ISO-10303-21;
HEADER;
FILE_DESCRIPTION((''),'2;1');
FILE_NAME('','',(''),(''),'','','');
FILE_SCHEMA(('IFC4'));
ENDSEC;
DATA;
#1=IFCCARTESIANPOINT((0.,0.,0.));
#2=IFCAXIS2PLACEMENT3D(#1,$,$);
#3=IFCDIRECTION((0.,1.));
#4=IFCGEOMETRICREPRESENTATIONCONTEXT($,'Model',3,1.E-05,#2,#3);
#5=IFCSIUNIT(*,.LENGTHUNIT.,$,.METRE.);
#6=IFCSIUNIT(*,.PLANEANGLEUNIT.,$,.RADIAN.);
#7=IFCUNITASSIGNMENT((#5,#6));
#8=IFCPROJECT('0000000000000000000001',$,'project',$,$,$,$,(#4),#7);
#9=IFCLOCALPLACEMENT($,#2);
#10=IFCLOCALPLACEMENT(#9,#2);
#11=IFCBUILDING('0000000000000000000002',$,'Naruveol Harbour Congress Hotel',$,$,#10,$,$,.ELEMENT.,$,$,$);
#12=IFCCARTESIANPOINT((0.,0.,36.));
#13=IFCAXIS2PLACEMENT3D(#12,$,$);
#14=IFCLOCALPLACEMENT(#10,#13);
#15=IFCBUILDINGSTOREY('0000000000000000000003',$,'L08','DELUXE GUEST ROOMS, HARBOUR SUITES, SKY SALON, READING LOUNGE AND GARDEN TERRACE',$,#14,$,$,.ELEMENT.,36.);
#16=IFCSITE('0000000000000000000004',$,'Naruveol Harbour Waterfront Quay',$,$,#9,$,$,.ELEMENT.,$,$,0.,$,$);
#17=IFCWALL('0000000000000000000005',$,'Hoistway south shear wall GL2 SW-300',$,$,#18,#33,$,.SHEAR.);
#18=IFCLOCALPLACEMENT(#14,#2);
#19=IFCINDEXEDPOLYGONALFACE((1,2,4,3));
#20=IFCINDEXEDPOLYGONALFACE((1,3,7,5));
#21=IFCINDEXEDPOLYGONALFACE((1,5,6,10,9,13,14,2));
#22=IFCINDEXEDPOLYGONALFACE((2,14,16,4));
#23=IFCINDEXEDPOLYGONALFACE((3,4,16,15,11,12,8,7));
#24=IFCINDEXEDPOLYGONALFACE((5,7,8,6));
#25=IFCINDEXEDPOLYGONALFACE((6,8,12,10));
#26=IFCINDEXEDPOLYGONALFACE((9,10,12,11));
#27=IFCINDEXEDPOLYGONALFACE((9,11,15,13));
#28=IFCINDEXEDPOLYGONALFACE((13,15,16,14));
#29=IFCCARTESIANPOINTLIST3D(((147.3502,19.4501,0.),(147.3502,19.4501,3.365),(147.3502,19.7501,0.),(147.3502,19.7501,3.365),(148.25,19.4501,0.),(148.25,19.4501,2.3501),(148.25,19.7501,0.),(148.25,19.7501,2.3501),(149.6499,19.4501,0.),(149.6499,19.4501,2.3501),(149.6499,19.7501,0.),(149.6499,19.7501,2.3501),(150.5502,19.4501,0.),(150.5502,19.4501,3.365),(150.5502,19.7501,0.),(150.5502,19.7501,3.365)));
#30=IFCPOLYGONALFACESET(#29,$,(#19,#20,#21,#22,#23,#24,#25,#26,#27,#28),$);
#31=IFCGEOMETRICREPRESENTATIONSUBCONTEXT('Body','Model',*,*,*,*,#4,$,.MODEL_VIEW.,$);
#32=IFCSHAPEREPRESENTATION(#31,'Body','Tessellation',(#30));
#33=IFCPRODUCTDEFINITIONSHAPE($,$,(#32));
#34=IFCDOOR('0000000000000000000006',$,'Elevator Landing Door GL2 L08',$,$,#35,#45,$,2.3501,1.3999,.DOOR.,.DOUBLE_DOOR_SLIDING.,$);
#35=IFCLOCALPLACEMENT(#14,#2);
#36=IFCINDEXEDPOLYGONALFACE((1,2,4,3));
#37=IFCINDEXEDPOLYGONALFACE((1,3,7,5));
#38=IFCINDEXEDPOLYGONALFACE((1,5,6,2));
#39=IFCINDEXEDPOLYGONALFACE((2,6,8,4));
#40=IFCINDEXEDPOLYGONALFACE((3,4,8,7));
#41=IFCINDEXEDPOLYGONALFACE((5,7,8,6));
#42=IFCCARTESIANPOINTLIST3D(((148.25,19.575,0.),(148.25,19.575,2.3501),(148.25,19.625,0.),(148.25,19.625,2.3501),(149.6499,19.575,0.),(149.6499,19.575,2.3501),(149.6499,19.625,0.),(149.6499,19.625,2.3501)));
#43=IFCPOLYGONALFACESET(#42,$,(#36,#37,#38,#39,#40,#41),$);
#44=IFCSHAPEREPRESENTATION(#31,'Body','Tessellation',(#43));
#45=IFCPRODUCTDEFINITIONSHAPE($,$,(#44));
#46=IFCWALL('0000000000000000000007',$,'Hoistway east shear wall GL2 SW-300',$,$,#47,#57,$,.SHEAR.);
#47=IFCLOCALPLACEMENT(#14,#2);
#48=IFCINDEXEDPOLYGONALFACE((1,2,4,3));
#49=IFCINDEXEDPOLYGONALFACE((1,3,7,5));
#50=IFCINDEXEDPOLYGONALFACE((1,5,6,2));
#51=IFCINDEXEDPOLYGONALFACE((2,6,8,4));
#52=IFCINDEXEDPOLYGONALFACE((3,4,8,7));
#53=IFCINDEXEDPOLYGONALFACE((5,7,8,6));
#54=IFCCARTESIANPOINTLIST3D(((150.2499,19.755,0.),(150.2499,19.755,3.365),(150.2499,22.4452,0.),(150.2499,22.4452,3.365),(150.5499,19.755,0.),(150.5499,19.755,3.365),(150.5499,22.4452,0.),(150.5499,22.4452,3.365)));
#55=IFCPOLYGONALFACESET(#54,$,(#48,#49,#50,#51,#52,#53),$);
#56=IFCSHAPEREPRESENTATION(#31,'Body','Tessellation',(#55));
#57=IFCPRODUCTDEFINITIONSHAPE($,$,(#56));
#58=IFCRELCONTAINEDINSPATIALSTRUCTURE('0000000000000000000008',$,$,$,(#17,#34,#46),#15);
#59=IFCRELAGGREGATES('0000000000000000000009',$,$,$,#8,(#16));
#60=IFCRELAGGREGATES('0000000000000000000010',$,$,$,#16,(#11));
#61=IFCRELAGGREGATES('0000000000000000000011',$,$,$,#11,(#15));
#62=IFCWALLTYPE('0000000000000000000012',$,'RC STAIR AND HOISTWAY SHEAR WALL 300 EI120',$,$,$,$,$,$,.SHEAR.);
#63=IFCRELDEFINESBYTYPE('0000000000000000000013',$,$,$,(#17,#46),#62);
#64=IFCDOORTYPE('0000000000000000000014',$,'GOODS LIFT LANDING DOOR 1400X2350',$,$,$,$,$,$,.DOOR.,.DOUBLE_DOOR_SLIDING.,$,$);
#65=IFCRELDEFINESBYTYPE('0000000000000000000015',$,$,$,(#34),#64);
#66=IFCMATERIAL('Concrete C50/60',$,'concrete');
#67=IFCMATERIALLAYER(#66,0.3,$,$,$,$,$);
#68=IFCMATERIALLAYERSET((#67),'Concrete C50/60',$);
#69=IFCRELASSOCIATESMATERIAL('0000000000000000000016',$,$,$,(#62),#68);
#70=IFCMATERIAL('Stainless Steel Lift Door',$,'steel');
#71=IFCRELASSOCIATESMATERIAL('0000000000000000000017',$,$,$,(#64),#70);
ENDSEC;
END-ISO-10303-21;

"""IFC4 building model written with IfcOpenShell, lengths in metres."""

from ifc_helpers import new_model, si_unit, direction, frame, frame_2d, origin, place, context, subcontext, project, spatial, rectangle, extrude, material, layer, layer_set, type_object, element, fill, save


model = new_model("IFC4")

# Units and contexts
model_context = context("Model", 3, precision=1e-05, world=origin(), true_north=direction((0.0, 1.0)))
body_context = subcontext(model_context, "Body", "Model", "MODEL_VIEW")
ifc_project = project(units=[si_unit("LENGTHUNIT", "METRE"), si_unit("PLANEANGLEUNIT", "RADIAN")], contexts=[model_context])

# Site, building, storey
site_placement = place(None, origin())
site = spatial("IfcSite", under=ifc_project, at=site_placement, Name="Naruveol Harbour Waterfront Quay", CompositionType="ELEMENT", RefElevation=0.0)
building_placement = place(site_placement, origin())
building = spatial("IfcBuilding", under=site, at=building_placement, Name="Naruveol Harbour Congress Hotel", CompositionType="ELEMENT")
storey_placement = place(building_placement, frame((0.0, 0.0, 36.0)))
storey = spatial("IfcBuildingStorey", under=building, at=storey_placement, Name="L08", Description="DELUXE GUEST ROOMS, HARBOUR SUITES, SKY SALON, READING LOUNGE AND GARDEN TERRACE", CompositionType="ELEMENT", Elevation=36.0)

# Shared definitions
ifc_material_1 = material(Name="Concrete C50/60", Category="concrete")
ifc_layer_1 = layer(ifc_material_1, 0.3)
ifc_layer_set_1 = layer_set([ifc_layer_1], Name="Concrete C50/60")
wall_type_1 = type_object("IfcWallType", Name="RC STAIR AND HOISTWAY SHEAR WALL 300 EI120", PredefinedType="SHEAR", material=ifc_layer_set_1)

# Shared definitions
ifc_material_2 = material(Name="Stainless Steel Lift Door", Category="steel")
door_type = type_object("IfcDoorType", Name="GOODS LIFT LANDING DOOR 1400X2350", OperationType="DOUBLE_DOOR_SLIDING", PredefinedType="DOOR", material=ifc_material_2)

# Wall, opening, door
wall_1_placement = place(storey_placement, frame((147.3501, 19.6001, 0.0), z_axis=(0.0, 0.0, 1.0), x_axis=(1.0, 0.0, 0.0)))
wall_1 = element("IfcWall", 1, at=wall_1_placement, inside=storey, type_object=wall_type_1, Name="Hoistway south shear wall GL2 SW-300", PredefinedType="SHEAR", context=body_context, shape_type="SweptSolid", body=[
    extrude(rectangle(XDim=3.2, YDim=0.3, at=frame_2d((1.6001, 0.0))), origin(), (0.0, 0.0, 1.0), 3.365),
])
opening_1_placement = place(wall_1_placement, frame((0.8999, 0.0, 0.0)))
opening_1 = element("IfcOpeningElement", 2, at=opening_1_placement, cuts=wall_1, PredefinedType="OPENING", context=body_context, shape_type="SweptSolid", body=[
    extrude(rectangle(XDim=1.3999, YDim=2.3501, at=frame_2d((0.7, 1.175))), frame((0.0, 0.1599, 0.0), z_axis=(0.0, -1.0, 0.0), x_axis=(1.0, 0.0, 0.0)), (0.0, 0.0, 1.0), 0.3201),
])
door_1_placement = place(opening_1_placement, origin())
door_1 = element("IfcDoor", 3, at=door_1_placement, inside=storey, type_object=door_type, Name="Elevator Landing Door GL2 L08", OperationType="DOUBLE_DOOR_SLIDING", OverallHeight=2.3501, OverallWidth=1.3999, PredefinedType="DOOR", context=body_context, shape_type="SweptSolid", body=[
    extrude(rectangle(XDim=1.3999, YDim=2.3501, at=frame_2d((0.7, 1.175))), frame((0.0, 0.0249, 0.0), z_axis=(0.0, -1.0, 0.0), x_axis=(1.0, 0.0, 0.0)), (0.0, 0.0, 1.0), 0.05),
])
fill(opening_1, door_1)

# Wall
wall_2_placement = place(storey_placement, frame((150.3999, 19.7549, 0.0), z_axis=(0.0, 0.0, 1.0), x_axis=(0.0, 1.0, 0.0)))
element("IfcWall", 4, at=wall_2_placement, inside=storey, type_object=wall_type_1, Name="Hoistway east shear wall GL2 SW-300", PredefinedType="SHEAR", context=body_context, shape_type="SweptSolid", body=[
    extrude(rectangle(XDim=2.6902, YDim=0.3, at=frame_2d((1.3452, 0.0))), origin(), (0.0, 0.0, 1.0), 3.365),
])

save(model, "model.ifc")
